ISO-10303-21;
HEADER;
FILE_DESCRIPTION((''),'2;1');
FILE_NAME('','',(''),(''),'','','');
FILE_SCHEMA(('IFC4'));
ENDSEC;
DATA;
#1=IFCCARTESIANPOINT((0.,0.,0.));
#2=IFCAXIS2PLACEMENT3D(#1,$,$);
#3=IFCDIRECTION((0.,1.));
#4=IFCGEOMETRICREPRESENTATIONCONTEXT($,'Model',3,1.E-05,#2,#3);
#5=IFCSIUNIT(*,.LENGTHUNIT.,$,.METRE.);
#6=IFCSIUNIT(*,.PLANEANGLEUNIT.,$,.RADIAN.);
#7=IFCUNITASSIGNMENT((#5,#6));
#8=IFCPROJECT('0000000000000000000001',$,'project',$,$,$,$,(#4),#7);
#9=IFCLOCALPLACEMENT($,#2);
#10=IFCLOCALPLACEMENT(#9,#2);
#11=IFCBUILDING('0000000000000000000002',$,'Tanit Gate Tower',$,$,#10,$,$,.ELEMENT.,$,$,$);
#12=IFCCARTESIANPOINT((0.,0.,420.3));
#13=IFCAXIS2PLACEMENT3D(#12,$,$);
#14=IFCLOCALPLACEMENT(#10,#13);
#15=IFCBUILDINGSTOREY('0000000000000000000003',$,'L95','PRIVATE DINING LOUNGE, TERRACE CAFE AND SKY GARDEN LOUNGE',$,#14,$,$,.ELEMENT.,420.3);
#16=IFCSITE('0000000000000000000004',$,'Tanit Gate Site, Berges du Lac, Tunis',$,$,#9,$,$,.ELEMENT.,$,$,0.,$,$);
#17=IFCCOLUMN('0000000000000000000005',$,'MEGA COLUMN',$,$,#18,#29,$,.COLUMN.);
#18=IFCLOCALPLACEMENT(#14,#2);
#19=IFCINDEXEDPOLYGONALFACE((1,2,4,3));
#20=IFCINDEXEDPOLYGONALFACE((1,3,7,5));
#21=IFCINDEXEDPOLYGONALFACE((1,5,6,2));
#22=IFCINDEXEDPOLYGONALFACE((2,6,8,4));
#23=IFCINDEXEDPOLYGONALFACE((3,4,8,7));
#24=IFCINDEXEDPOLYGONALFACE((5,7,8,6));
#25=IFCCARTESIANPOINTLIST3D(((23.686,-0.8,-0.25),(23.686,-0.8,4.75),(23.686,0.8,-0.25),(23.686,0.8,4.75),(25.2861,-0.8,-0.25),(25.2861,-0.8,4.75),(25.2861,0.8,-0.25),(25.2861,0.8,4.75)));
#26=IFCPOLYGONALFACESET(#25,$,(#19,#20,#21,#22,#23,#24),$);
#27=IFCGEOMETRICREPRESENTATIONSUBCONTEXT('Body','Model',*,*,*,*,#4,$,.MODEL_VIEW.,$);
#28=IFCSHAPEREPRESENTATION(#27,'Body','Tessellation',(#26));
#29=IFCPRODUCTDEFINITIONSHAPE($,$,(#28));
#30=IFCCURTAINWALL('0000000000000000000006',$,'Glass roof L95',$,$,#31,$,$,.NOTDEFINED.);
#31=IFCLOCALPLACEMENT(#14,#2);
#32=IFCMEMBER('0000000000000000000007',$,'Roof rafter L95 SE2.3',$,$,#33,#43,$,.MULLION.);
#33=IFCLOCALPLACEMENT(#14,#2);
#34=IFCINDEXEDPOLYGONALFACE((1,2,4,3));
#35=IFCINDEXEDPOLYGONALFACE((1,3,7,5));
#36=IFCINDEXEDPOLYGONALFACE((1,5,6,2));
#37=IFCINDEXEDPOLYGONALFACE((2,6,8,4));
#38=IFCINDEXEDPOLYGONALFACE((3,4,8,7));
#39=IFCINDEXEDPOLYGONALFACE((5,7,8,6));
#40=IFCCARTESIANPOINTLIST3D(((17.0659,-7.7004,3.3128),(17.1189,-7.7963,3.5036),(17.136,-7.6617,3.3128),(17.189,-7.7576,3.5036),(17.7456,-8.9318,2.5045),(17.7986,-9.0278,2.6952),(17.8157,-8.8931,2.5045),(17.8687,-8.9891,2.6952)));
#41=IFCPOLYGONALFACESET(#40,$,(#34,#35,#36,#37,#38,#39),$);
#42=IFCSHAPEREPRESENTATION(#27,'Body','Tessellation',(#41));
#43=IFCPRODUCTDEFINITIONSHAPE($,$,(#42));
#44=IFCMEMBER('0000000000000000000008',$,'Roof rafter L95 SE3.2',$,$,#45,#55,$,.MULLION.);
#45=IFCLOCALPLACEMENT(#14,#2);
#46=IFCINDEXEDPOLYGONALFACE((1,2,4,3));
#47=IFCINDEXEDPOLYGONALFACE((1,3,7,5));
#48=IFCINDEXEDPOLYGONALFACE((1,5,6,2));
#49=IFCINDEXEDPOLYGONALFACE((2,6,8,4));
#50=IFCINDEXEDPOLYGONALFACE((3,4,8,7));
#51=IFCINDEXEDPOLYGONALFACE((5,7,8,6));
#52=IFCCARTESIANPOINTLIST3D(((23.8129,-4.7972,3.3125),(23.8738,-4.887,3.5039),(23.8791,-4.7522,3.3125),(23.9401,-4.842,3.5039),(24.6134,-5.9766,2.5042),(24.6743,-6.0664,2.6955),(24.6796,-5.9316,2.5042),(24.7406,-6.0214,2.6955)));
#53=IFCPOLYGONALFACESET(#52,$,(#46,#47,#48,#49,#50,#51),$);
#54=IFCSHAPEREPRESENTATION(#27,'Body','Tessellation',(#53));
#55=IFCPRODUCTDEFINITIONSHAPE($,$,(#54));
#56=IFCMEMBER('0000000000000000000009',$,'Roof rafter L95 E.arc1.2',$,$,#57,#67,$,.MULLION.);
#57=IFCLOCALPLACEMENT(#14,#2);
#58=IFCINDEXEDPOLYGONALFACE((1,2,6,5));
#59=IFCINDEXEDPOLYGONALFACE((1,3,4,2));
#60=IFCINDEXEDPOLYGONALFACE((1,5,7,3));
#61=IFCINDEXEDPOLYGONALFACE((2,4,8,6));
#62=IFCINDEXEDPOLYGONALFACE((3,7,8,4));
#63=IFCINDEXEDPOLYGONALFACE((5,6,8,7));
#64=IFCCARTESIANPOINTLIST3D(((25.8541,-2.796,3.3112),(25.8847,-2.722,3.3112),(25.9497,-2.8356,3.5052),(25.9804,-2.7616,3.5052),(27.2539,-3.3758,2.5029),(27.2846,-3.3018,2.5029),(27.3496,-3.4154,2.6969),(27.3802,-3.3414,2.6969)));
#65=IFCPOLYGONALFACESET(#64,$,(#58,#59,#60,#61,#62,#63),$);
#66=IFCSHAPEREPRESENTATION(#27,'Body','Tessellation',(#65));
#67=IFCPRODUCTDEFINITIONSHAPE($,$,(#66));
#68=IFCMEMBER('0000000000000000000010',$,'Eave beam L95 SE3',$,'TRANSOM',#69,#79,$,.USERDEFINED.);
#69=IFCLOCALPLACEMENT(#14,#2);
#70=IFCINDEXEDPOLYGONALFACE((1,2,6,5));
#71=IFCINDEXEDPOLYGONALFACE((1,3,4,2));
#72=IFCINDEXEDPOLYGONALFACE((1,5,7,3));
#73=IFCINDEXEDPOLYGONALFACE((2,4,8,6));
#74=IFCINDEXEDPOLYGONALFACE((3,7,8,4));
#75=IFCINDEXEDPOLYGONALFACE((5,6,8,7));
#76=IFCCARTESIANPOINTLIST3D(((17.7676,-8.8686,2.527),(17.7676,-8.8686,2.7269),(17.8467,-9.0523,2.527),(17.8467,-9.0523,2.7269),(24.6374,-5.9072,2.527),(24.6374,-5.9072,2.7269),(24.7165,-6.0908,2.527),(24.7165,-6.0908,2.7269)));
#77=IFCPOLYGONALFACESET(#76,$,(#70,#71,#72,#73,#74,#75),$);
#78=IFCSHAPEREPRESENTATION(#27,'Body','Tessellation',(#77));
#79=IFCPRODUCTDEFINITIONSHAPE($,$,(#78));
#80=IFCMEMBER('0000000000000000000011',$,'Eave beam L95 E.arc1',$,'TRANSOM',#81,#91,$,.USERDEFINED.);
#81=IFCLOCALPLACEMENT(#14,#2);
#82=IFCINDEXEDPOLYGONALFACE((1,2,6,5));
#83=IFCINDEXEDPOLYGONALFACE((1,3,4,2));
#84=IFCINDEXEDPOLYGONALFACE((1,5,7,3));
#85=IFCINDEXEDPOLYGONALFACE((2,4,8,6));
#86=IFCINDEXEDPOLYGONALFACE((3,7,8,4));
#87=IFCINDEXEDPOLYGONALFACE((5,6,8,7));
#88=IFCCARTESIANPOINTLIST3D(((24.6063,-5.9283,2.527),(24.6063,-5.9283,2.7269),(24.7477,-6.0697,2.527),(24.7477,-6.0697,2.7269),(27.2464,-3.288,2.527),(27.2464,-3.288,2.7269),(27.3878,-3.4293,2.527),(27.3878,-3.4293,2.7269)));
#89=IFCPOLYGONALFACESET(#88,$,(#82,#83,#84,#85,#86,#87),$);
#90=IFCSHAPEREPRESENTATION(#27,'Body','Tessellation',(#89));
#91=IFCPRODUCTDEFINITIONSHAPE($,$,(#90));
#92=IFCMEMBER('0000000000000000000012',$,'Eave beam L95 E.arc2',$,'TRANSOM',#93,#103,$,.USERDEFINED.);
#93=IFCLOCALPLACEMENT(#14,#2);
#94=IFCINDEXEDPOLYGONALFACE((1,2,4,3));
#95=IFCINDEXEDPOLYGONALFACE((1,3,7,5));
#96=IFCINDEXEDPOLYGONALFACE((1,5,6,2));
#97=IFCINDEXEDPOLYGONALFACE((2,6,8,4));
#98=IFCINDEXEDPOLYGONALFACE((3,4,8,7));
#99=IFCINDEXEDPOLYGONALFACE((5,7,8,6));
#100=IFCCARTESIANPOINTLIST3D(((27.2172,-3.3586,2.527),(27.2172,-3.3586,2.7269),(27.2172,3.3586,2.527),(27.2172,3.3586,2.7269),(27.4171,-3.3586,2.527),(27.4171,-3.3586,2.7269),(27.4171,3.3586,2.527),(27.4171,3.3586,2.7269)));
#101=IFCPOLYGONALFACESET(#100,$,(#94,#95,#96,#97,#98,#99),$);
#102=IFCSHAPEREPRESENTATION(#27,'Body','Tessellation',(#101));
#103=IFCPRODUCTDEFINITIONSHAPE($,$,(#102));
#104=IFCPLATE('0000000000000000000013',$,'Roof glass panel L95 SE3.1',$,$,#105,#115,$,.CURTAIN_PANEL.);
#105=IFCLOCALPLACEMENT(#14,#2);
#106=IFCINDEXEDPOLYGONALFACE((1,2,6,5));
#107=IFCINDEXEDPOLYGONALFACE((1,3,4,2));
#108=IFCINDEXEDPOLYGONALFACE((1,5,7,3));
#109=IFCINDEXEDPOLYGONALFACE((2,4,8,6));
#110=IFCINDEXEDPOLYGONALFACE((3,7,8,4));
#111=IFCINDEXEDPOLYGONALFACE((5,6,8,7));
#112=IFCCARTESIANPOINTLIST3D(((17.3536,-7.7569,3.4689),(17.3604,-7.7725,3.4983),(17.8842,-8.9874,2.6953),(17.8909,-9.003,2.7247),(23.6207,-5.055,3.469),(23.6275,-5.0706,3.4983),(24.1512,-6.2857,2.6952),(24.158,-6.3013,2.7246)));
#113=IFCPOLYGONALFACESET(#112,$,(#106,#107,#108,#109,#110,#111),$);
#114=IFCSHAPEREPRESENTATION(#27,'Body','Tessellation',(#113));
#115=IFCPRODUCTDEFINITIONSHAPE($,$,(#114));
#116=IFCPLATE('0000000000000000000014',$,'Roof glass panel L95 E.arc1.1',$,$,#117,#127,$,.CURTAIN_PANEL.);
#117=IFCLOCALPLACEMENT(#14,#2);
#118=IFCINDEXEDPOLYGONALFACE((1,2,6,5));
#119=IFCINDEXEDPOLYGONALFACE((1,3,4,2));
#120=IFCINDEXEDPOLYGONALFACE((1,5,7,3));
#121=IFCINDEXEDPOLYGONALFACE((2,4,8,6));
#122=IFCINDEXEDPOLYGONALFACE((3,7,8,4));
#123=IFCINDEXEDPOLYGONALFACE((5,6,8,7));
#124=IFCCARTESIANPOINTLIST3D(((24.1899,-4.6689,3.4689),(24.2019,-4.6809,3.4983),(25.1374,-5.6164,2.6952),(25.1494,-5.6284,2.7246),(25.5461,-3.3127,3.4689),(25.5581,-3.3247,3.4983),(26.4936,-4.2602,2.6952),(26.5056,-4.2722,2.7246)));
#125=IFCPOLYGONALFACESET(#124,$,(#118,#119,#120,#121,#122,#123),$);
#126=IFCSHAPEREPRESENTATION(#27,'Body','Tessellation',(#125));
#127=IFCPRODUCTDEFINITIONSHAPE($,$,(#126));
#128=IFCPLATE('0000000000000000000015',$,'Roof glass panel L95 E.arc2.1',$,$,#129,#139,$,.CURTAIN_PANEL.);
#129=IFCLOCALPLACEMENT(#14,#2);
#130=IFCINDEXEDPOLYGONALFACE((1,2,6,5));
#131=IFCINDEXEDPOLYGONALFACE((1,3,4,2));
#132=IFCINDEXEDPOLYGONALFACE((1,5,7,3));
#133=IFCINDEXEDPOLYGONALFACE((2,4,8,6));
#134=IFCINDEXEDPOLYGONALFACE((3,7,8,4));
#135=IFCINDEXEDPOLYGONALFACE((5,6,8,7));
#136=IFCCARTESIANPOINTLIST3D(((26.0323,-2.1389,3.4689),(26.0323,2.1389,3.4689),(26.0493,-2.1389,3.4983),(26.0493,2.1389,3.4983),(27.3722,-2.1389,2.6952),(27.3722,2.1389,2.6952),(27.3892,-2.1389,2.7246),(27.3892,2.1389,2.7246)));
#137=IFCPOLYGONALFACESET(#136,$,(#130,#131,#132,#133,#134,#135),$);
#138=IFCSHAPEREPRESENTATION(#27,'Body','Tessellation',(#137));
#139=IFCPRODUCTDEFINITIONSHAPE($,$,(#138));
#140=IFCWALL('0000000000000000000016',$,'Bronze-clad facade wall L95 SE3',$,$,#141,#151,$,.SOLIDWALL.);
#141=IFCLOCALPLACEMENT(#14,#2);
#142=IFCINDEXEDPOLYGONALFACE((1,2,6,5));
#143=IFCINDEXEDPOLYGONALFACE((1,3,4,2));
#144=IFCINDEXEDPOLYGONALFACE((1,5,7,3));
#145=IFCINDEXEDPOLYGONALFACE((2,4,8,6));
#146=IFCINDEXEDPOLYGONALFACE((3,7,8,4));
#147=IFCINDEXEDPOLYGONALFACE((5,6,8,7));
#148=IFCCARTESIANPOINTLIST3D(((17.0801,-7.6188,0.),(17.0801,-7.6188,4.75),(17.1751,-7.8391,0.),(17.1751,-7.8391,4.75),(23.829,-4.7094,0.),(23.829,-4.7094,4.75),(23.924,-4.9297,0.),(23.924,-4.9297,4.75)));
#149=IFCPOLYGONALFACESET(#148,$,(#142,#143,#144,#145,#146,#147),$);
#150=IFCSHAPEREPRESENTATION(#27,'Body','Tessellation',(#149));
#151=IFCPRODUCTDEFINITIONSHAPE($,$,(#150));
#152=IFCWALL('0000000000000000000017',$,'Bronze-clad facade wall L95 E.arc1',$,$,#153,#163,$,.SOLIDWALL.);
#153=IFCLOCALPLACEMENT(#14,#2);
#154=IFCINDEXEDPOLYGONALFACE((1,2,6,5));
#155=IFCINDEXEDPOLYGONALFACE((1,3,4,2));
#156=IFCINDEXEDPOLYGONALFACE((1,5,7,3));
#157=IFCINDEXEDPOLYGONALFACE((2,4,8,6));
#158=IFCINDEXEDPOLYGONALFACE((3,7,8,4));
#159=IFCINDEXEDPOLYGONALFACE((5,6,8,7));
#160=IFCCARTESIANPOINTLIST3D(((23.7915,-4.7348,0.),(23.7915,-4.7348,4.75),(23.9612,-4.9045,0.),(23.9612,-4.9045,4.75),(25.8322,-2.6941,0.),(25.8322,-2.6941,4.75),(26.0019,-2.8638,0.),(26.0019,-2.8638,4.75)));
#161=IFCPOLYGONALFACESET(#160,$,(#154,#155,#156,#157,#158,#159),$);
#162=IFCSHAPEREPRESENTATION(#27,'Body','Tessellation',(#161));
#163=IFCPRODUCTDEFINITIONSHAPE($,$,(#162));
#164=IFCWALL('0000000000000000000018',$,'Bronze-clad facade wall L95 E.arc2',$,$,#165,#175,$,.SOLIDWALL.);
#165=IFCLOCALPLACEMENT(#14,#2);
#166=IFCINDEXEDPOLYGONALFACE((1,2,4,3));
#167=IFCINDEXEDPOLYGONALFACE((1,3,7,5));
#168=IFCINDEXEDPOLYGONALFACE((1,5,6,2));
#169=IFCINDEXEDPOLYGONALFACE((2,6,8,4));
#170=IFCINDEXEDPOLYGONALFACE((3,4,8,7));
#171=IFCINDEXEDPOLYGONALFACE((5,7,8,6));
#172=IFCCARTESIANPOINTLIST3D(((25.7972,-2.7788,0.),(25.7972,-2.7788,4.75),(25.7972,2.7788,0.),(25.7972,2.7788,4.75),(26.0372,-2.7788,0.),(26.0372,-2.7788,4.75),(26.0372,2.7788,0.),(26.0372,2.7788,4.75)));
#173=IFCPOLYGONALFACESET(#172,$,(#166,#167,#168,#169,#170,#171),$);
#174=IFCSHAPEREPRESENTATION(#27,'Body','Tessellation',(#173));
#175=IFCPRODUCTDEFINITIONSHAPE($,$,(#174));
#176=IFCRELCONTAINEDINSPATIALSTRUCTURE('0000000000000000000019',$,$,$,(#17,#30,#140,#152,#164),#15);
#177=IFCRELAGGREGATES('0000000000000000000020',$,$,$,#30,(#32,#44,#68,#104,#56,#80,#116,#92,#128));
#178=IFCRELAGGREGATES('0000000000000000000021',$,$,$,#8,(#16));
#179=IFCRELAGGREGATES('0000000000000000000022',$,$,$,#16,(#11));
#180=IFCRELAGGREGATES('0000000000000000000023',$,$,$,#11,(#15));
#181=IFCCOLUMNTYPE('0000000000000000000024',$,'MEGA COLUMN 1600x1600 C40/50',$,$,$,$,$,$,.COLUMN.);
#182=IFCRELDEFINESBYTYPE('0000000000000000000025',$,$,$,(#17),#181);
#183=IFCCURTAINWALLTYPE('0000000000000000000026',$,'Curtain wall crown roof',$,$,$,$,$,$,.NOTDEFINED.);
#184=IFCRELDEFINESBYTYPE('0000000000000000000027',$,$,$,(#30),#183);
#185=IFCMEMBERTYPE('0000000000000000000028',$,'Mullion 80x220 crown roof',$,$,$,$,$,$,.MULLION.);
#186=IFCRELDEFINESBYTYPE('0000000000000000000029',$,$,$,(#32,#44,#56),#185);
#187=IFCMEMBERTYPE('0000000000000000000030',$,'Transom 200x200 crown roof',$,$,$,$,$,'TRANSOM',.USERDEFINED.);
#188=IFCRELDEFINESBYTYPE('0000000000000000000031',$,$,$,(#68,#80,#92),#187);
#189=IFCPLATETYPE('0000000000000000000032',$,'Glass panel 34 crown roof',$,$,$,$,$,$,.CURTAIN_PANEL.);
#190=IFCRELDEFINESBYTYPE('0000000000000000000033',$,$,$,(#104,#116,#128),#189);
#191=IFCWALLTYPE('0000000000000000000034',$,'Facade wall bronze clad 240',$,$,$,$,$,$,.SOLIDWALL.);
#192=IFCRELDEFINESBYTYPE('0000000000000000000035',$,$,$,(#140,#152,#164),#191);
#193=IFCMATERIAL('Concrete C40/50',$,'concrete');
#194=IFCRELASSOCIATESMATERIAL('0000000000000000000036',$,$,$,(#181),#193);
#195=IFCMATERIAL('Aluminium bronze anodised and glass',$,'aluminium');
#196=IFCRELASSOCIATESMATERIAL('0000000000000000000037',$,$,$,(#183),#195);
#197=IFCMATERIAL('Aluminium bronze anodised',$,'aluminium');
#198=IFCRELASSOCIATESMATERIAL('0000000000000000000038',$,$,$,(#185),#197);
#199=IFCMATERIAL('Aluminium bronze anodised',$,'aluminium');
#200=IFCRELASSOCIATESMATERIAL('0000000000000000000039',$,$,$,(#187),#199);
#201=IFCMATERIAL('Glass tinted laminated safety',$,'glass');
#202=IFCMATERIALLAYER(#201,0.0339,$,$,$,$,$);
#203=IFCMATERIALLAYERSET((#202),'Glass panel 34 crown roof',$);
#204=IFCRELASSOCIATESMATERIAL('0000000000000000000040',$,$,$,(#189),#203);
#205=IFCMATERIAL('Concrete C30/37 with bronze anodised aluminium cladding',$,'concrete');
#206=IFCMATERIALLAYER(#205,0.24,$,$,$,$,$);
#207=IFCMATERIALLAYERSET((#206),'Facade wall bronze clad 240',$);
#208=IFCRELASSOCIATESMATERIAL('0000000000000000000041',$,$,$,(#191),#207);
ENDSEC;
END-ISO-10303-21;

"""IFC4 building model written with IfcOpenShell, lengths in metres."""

from ifc_helpers import new_model, si_unit, direction, frame, frame_2d, origin, origin_2d, place, context, subcontext, project, spatial, polyline, rectangle, outline, extrude, material, layer, layer_set, material_profile, profile_set, type_object, element, aggregate, save


model = new_model("IFC4")

# Units and contexts
model_context = context("Model", 3, precision=1e-05, world=origin(), true_north=direction((0.0, 1.0)))
body_context = subcontext(model_context, "Body", "Model", "MODEL_VIEW")
ifc_project = project(units=[si_unit("LENGTHUNIT", "METRE"), si_unit("PLANEANGLEUNIT", "RADIAN")], contexts=[model_context])

# Site, building, storey
site_placement = place(None, origin())
site = spatial("IfcSite", under=ifc_project, at=site_placement, Name="Tanit Gate Site, Berges du Lac, Tunis", CompositionType="ELEMENT", RefElevation=0.0)
building_placement = place(site_placement, origin())
building = spatial("IfcBuilding", under=site, at=building_placement, Name="Tanit Gate Tower", CompositionType="ELEMENT")
storey_placement = place(building_placement, frame((0.0, 0.0, 420.3)))
storey = spatial("IfcBuildingStorey", under=building, at=storey_placement, Name="L95", Description="PRIVATE DINING LOUNGE, TERRACE CAFE AND SKY GARDEN LOUNGE", CompositionType="ELEMENT", Elevation=420.3)

# Column
ifc_material_1 = material(Name="Concrete C40/50", Category="concrete")
ifc_material_profile_1 = material_profile(ifc_material_1, rectangle(XDim=1.6001, YDim=1.6001, at=origin_2d()), Name="RC 1600x1600")
ifc_profile_set_1 = profile_set([ifc_material_profile_1], Name="Concrete C40/50")
column_type = type_object("IfcColumnType", Name="MEGA COLUMN 1600x1600 C40/50", PredefinedType="COLUMN", material=ifc_profile_set_1)
column_placement = place(storey_placement, frame((24.4861, 0.0, -0.25), z_axis=(0.0, 0.0, 1.0), x_axis=(1.0, 0.0, 0.0)))
element("IfcColumn", 1, at=column_placement, inside=storey, type_object=column_type, Name="MEGA COLUMN", PredefinedType="COLUMN", context=body_context, shape_type="SweptSolid", body=[
    extrude(rectangle(XDim=1.6001, YDim=1.6001, at=origin_2d()), origin(), (0.0, 0.0, 1.0), 5.0),
])

# Curtain wall, members, plates
ifc_material_2 = material(Name="Aluminium bronze anodised and glass", Category="aluminium")
curtain_wall_type = type_object("IfcCurtainWallType", Name="Curtain wall crown roof", PredefinedType="NOTDEFINED", material=ifc_material_2)
curtain_wall_placement = place(storey_placement, origin())
curtain_wall = element("IfcCurtainWall", 2, at=curtain_wall_placement, inside=storey, type_object=curtain_wall_type, Name="Glass roof L95", PredefinedType="NOTDEFINED")
ifc_material_3 = material(Name="Aluminium bronze anodised", Category="aluminium")
ifc_material_profile_2 = material_profile(ifc_material_3, rectangle(XDim=0.0801, YDim=0.22, at=origin_2d()), Name="80x220 bronze rafter")
ifc_profile_set_2 = profile_set([ifc_material_profile_2], Name="Aluminium bronze anodised")
member_type_1 = type_object("IfcMemberType", Name="Mullion 80x220 crown roof", PredefinedType="MULLION", material=ifc_profile_set_2)
member_1_placement = place(storey_placement, frame((17.1274, -7.729, 3.4082), z_axis=(0.418965, -0.759073, -0.498273), x_axis=(0.875497, 0.483224, 0.0)))
member_1 = element("IfcMember", 3, at=member_1_placement, type_object=member_type_1, Name="Roof rafter L95 SE2.3", PredefinedType="MULLION", context=body_context, shape_type="SweptSolid", body=[
    extrude(rectangle(XDim=0.0801, YDim=0.22, at=origin_2d()), origin(), (0.0, 0.0, 1.0), 1.6223),
])
member_2_placement = place(storey_placement, frame((23.8765, -4.8196, 3.4082), z_axis=(0.488516, -0.719738, -0.493284), x_axis=(0.82741, 0.561598, 0.0)))
member_2 = element("IfcMember", 4, at=member_2_placement, type_object=member_type_1, Name="Roof rafter L95 SE3.2", PredefinedType="MULLION", context=body_context, shape_type="SweptSolid", body=[
    extrude(rectangle(XDim=0.0801, YDim=0.22, at=origin_2d()), origin(), (0.0, 0.0, 1.0), 1.6387),
])
member_3_placement = place(storey_placement, frame((25.9172, -2.7788, 3.4082), z_axis=(0.815143, -0.337629, -0.47069), x_axis=(0.38267, 0.923885, 0.0)))
member_3 = element("IfcMember", 5, at=member_3_placement, type_object=member_type_1, Name="Roof rafter L95 E.arc1.2", PredefinedType="MULLION", context=body_context, shape_type="SweptSolid", body=[
    extrude(rectangle(XDim=0.0801, YDim=0.22, at=origin_2d()), origin(), (0.0, 0.0, 1.0), 1.7173),
])
ifc_material_4 = material(Name="Aluminium bronze anodised", Category="aluminium")
ifc_material_profile_3 = material_profile(ifc_material_4, rectangle(XDim=0.2, YDim=0.2, at=origin_2d()), Name="200x200 bronze transom")
ifc_profile_set_3 = profile_set([ifc_material_profile_3], Name="Aluminium bronze anodised")
member_type_2 = type_object("IfcMemberType", Name="Transom 200x200 crown roof", ElementType="TRANSOM", PredefinedType="USERDEFINED", material=ifc_profile_set_3)
member_4_placement = place(storey_placement, frame((17.8071, -8.9604, 2.627), z_axis=(0.918311, 0.39586, 0.0), x_axis=(-0.39586, 0.918311, 0.0)))
member_4 = element("IfcMember", 6, at=member_4_placement, type_object=member_type_2, Name="Eave beam L95 SE3", ObjectType="TRANSOM", PredefinedType="USERDEFINED", context=body_context, shape_type="SweptSolid", body=[
    extrude(rectangle(XDim=0.2, YDim=0.2, at=origin_2d()), origin(), (0.0, 0.0, 1.0), 7.481),
])
member_5_placement = place(storey_placement, frame((24.677, -5.999, 2.627), z_axis=(0.707074, 0.707139, 0.0), x_axis=(-0.707139, 0.707074, 0.0)))
member_5 = element("IfcMember", 7, at=member_5_placement, type_object=member_type_2, Name="Eave beam L95 E.arc1", ObjectType="TRANSOM", PredefinedType="USERDEFINED", context=body_context, shape_type="SweptSolid", body=[
    extrude(rectangle(XDim=0.2, YDim=0.2, at=origin_2d()), origin(), (0.0, 0.0, 1.0), 3.7339),
])
member_6_placement = place(storey_placement, frame((27.3171, -3.3586, 2.627), z_axis=(0.0, 1.0, 0.0), x_axis=(-1.0, 0.0, 0.0)))
member_6 = element("IfcMember", 8, at=member_6_placement, type_object=member_type_2, Name="Eave beam L95 E.arc2", ObjectType="TRANSOM", PredefinedType="USERDEFINED", context=body_context, shape_type="SweptSolid", body=[
    extrude(rectangle(XDim=0.2, YDim=0.2, at=origin_2d()), origin(), (0.0, 0.0, 1.0), 6.7173),
])
ifc_material_5 = material(Name="Glass tinted laminated safety", Category="glass")
ifc_layer_1 = layer(ifc_material_5, 0.0339)
ifc_layer_set_1 = layer_set([ifc_layer_1], Name="Glass panel 34 crown roof")
plate_type = type_object("IfcPlateType", Name="Glass panel 34 crown roof", PredefinedType="CURTAIN_PANEL", material=ifc_layer_set_1)
plate_1_placement = place(storey_placement, frame((17.3604, -7.7725, 3.4983), z_axis=(0.19794, -0.459145, 0.866029), x_axis=(0.918295, 0.395896, 0.000007)))
plate_1 = element("IfcPlate", 9, at=plate_1_placement, type_object=plate_type, Name="Roof glass panel L95 SE3.1", PredefinedType="CURTAIN_PANEL", context=body_context, shape_type="SweptSolid", body=[
    extrude(outline(polyline([(0.0, 0.0), (6.8247, 0.0), (6.8246, -1.5475), (0.0, -1.5473), (0.0, 0.0)])), origin(), (0.0, 0.0, -1.0), 0.0339),
])
plate_2_placement = place(storey_placement, frame((24.2019, -4.6809, 3.4983), z_axis=(0.353568, -0.353568, 0.866013), x_axis=(0.707107, 0.707107, 0.0)))
plate_2 = element("IfcPlate", 10, at=plate_2_placement, type_object=plate_type, Name="Roof glass panel L95 E.arc1.1", PredefinedType="CURTAIN_PANEL", context=body_context, shape_type="SweptSolid", body=[
    extrude(outline(polyline([(0.0, 0.0), (1.918, 0.0), (1.918, -1.5473), (0.0, -1.5473), (0.0, 0.0)])), origin(), (0.0, 0.0, -1.0), 0.0339),
])
plate_3_placement = place(storey_placement, frame((26.0493, -2.1389, 3.4983), z_axis=(0.500059, 0.0, 0.865991), x_axis=(0.0, 1.0, 0.0)))
plate_3 = element("IfcPlate", 11, at=plate_3_placement, type_object=plate_type, Name="Roof glass panel L95 E.arc2.1", PredefinedType="CURTAIN_PANEL", context=body_context, shape_type="SweptSolid", body=[
    extrude(outline(polyline([(0.0, 0.0), (4.2778, 0.0), (4.2778, -1.5472), (0.0, -1.5472), (0.0, 0.0)])), origin(), (0.0, 0.0, -1.0), 0.0339),
])
aggregate(curtain_wall, [member_1, member_2, member_4, plate_1, member_3, member_5, plate_2, member_6, plate_3])

# Walls
ifc_material_6 = material(Name="Concrete C30/37 with bronze anodised aluminium cladding", Category="concrete")
ifc_layer_2 = layer(ifc_material_6, 0.24)
ifc_layer_set_2 = layer_set([ifc_layer_2], Name="Facade wall bronze clad 240")
wall_type_1 = type_object("IfcWallType", Name="Facade wall bronze clad 240", PredefinedType="SOLIDWALL", material=ifc_layer_set_2)
wall_1_placement = place(storey_placement, frame((17.1274, -7.729, 0.0), z_axis=(0.0, 0.0, 1.0), x_axis=(0.918306, 0.395871, 0.0)))
element("IfcWall", 12, at=wall_1_placement, inside=storey, type_object=wall_type_1, Name="Bronze-clad facade wall L95 SE3", PredefinedType="SOLIDWALL", context=body_context, shape_type="SweptSolid", body=[
    extrude(rectangle(XDim=7.3494, YDim=0.24, at=frame_2d((3.6748, 0.0))), origin(), (0.0, 0.0, 1.0), 4.75),
])
wall_2_placement = place(storey_placement, frame((23.8765, -4.8196, 0.0), z_axis=(0.0, 0.0, 1.0), x_axis=(0.707107, 0.707107, 0.0)))
element("IfcWall", 13, at=wall_2_placement, inside=storey, type_object=wall_type_1, Name="Bronze-clad facade wall L95 E.arc1", PredefinedType="SOLIDWALL", context=body_context, shape_type="SweptSolid", body=[
    extrude(rectangle(XDim=2.886, YDim=0.24, at=frame_2d((1.4429, 0.0))), origin(), (0.0, 0.0, 1.0), 4.75),
])
wall_3_placement = place(storey_placement, frame((25.9172, -2.7788, 0.0), z_axis=(0.0, 0.0, 1.0), x_axis=(0.0, 1.0, 0.0)))
element("IfcWall", 14, at=wall_3_placement, inside=storey, type_object=wall_type_1, Name="Bronze-clad facade wall L95 E.arc2", PredefinedType="SOLIDWALL", context=body_context, shape_type="SweptSolid", body=[
    extrude(rectangle(XDim=5.5576, YDim=0.24, at=frame_2d((2.7788, 0.0))), origin(), (0.0, 0.0, 1.0), 4.75),
])

save(model, "model.ifc")
